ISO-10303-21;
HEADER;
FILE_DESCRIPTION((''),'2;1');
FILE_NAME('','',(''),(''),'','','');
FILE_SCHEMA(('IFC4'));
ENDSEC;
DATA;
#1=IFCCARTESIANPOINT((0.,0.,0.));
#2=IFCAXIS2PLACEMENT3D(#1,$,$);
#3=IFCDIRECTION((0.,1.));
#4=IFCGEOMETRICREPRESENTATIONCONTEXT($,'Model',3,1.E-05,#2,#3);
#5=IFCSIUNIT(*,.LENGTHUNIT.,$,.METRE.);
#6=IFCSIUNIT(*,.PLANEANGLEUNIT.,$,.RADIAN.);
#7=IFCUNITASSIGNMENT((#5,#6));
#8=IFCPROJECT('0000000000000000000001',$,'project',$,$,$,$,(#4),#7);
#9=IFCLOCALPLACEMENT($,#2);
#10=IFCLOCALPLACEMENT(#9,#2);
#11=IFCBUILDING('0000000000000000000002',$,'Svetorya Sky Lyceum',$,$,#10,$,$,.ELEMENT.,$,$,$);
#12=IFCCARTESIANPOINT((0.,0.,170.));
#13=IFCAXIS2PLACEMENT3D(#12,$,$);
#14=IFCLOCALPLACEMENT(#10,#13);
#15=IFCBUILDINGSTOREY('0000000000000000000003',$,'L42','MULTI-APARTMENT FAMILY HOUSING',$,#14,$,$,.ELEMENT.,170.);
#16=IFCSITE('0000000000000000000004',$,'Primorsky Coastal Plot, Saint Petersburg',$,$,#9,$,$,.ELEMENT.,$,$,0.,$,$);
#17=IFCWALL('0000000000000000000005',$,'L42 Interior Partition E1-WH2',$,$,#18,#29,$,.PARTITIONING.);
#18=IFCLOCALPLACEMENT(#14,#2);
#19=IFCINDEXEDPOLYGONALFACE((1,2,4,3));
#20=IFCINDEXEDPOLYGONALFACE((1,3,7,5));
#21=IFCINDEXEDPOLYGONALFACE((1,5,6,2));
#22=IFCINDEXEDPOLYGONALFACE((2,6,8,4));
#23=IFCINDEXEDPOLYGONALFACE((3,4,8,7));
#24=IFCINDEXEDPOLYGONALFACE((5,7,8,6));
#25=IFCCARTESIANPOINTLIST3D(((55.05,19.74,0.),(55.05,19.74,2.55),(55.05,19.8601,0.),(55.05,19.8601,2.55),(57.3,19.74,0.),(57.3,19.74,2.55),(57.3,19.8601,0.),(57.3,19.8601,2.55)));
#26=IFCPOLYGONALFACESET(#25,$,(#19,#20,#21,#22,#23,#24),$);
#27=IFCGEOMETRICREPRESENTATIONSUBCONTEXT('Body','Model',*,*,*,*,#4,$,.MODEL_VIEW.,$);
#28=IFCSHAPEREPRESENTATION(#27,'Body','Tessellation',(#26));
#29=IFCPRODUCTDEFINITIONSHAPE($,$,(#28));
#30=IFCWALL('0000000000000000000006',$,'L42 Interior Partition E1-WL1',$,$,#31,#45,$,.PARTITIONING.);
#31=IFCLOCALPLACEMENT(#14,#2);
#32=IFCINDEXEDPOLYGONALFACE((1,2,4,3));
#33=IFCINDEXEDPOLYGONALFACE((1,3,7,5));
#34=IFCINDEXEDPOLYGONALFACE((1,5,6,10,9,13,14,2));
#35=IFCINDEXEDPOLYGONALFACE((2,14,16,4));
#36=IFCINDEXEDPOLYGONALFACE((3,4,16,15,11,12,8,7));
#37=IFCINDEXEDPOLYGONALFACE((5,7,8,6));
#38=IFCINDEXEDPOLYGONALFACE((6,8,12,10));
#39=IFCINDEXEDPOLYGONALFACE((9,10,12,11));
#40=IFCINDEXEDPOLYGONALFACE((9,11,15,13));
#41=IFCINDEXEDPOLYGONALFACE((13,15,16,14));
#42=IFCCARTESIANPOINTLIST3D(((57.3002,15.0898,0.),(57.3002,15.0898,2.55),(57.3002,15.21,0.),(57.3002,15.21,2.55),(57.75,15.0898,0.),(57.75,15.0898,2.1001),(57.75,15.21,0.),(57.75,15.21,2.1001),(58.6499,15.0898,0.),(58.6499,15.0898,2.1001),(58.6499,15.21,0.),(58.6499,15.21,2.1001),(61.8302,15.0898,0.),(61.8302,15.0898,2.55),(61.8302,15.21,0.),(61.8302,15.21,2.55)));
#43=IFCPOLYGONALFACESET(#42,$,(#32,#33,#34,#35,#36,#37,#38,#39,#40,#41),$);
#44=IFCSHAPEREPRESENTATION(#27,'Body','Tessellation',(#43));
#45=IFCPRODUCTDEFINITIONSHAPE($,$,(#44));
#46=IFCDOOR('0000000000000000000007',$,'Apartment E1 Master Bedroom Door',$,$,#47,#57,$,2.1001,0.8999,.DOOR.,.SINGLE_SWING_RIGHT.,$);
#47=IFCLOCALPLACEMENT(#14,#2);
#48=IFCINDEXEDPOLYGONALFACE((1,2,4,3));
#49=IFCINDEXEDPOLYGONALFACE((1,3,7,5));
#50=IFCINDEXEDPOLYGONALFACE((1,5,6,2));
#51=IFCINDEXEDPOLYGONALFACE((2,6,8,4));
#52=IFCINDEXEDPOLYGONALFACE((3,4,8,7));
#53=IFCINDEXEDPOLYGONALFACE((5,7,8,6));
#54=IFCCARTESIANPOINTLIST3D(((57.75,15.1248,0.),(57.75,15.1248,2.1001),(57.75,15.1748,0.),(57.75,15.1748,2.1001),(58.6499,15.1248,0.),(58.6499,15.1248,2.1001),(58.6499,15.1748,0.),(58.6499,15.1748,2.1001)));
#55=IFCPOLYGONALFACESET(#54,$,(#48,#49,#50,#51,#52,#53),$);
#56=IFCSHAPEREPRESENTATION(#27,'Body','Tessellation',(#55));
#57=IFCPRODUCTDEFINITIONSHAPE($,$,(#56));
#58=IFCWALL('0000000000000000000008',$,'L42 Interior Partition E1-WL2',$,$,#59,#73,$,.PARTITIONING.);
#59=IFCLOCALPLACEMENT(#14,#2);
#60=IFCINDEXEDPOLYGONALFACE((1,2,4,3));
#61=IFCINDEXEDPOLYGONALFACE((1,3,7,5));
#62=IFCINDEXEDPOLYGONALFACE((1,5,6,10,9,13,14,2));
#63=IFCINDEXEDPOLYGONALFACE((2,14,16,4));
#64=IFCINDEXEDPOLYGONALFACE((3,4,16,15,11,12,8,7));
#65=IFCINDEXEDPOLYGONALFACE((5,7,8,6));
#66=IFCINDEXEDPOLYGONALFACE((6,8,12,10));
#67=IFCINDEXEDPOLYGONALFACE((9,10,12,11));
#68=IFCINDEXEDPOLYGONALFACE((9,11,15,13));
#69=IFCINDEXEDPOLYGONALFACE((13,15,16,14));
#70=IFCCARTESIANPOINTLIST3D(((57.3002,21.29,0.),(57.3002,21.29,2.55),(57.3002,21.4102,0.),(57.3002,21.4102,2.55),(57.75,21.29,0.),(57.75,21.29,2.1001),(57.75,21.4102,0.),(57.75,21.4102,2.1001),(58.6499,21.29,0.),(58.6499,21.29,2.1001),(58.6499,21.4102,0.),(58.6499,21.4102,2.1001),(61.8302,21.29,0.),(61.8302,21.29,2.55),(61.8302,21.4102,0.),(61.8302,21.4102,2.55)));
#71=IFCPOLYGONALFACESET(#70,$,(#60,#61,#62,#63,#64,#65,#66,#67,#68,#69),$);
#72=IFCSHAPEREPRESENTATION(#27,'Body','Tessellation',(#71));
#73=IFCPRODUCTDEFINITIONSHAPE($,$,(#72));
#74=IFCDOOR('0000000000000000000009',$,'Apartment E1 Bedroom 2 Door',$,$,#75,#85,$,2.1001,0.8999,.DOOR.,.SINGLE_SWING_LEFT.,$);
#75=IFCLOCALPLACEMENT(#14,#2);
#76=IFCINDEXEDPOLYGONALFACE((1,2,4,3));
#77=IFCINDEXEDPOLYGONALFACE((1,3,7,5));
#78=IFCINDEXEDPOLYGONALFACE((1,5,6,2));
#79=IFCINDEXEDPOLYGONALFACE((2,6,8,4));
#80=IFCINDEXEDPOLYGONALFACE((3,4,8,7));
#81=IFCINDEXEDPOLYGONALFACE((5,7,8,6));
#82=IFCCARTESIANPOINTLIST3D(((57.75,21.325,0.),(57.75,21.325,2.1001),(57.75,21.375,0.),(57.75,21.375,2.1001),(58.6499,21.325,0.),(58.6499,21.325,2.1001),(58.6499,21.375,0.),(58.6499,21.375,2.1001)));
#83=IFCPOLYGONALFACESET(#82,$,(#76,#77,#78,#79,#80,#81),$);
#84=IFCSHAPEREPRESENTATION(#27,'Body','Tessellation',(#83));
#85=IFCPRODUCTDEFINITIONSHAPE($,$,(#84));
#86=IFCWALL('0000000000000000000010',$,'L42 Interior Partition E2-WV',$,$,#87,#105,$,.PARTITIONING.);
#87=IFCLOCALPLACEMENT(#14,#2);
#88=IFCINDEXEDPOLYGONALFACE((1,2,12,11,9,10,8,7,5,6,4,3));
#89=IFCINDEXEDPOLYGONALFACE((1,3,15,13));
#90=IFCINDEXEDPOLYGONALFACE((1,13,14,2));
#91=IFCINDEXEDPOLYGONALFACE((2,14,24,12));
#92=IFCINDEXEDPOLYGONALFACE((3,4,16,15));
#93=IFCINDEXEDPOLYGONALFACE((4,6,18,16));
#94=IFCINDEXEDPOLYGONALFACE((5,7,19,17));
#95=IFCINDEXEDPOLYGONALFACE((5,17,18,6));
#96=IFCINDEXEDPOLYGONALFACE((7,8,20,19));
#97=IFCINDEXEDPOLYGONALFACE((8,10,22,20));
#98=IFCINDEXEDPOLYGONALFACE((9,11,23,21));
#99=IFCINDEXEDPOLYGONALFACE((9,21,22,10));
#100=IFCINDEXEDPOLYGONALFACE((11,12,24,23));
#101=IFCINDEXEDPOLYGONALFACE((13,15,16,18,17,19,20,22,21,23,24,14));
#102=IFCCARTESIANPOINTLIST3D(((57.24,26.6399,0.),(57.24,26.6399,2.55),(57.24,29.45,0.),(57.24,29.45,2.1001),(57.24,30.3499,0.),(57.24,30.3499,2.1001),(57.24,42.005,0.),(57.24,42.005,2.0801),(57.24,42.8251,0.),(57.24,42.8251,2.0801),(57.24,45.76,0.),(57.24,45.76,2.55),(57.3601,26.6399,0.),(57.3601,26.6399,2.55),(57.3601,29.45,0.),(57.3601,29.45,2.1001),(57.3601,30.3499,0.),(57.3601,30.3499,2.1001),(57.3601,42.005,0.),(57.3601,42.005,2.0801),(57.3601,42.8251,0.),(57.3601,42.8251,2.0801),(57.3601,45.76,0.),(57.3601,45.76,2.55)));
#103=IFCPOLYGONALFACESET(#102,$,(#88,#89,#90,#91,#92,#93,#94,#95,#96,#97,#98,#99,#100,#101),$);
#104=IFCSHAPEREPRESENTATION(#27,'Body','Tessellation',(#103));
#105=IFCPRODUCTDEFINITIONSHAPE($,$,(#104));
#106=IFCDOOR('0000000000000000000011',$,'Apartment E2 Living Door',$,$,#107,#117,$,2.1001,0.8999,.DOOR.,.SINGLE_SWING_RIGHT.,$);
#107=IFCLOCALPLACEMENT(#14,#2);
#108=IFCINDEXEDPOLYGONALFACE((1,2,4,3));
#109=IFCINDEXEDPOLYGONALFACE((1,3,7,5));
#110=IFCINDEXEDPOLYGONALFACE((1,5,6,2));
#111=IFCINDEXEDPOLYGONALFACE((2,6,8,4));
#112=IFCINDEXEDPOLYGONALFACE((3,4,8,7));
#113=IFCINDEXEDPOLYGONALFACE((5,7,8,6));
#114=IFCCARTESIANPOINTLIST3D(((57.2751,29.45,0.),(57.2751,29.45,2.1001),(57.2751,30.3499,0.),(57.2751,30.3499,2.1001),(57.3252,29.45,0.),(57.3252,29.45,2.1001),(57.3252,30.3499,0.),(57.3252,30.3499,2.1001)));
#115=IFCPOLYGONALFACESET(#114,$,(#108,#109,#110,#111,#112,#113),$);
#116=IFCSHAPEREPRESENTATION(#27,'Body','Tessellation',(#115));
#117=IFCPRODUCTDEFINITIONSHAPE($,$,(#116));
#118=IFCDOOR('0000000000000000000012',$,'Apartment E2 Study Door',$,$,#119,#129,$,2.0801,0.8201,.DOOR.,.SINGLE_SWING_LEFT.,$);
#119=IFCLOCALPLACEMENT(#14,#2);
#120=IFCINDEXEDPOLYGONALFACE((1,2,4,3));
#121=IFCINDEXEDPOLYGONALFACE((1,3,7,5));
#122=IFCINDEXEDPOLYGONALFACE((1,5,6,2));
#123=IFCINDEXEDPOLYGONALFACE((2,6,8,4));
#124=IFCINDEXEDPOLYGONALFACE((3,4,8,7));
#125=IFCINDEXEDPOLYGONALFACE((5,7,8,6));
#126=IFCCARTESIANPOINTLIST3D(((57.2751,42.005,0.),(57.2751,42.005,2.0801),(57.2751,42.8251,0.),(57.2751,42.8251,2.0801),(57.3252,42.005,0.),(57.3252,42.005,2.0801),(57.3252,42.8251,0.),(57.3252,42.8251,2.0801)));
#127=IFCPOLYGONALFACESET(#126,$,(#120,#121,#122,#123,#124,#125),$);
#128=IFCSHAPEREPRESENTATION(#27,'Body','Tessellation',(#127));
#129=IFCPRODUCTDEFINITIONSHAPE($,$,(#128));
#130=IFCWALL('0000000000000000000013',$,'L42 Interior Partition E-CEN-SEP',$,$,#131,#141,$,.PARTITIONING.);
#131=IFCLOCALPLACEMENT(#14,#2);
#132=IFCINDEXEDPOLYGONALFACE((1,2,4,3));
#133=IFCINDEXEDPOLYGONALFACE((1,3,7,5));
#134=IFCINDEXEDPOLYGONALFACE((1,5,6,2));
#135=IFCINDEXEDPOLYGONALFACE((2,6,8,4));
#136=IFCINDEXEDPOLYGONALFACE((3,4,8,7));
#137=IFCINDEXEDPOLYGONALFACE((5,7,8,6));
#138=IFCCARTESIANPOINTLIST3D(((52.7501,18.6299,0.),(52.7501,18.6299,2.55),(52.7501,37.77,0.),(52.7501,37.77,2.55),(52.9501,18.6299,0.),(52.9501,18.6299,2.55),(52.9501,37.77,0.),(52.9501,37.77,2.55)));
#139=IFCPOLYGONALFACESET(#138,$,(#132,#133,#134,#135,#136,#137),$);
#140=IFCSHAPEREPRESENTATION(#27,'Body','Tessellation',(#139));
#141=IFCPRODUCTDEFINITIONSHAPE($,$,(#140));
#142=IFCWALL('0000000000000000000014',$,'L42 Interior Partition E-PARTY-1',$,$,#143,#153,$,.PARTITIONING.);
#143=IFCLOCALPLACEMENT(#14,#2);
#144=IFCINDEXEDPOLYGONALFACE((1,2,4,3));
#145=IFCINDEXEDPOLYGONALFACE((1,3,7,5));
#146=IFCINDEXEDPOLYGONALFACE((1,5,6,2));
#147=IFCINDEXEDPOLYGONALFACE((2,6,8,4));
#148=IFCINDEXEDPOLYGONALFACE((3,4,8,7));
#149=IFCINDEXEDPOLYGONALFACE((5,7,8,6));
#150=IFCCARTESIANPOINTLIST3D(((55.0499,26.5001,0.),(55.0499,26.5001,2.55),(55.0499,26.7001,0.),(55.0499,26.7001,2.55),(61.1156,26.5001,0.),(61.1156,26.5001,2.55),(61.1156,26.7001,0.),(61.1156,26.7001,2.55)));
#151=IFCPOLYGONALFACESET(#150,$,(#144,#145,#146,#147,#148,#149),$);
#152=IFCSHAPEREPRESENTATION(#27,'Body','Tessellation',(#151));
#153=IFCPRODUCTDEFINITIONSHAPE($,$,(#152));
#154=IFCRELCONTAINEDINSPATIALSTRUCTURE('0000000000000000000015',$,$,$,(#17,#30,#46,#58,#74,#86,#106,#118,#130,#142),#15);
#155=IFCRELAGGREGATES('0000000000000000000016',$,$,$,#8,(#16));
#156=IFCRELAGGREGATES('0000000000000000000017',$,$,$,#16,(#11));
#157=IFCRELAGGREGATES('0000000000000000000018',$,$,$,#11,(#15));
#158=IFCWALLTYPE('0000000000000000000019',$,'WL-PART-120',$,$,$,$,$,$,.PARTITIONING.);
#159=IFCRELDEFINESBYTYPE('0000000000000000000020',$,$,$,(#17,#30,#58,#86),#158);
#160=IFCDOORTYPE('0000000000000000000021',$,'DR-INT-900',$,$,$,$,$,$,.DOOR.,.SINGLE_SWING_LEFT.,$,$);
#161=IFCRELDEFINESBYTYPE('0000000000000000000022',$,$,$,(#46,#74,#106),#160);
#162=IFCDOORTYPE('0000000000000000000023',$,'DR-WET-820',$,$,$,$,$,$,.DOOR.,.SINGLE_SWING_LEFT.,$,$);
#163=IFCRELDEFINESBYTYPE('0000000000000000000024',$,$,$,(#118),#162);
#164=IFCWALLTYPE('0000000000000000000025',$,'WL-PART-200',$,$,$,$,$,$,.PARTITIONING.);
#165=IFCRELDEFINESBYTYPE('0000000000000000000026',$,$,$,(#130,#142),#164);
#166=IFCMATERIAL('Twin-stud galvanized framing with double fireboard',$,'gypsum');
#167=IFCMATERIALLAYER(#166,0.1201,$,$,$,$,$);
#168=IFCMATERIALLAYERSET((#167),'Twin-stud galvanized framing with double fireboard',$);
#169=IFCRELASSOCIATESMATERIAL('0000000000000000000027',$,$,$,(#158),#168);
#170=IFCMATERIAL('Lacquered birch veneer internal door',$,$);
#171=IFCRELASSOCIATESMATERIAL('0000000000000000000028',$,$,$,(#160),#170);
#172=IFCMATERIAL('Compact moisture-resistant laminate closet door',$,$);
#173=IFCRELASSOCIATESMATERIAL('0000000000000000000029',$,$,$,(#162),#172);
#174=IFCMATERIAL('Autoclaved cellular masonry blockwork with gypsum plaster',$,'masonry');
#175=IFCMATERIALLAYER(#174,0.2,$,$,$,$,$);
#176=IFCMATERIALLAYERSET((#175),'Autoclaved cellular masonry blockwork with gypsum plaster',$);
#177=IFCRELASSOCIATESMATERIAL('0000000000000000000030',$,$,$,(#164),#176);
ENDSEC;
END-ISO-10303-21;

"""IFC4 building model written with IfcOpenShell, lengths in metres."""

from ifc_helpers import new_model, si_unit, direction, frame, frame_2d, origin, place, context, subcontext, project, spatial, rectangle, extrude, material, layer, layer_set, type_object, element, fill, save


model = new_model("IFC4")

# Units and contexts
model_context = context("Model", 3, precision=1e-05, world=origin(), true_north=direction((0.0, 1.0)))
body_context = subcontext(model_context, "Body", "Model", "MODEL_VIEW")
ifc_project = project(units=[si_unit("LENGTHUNIT", "METRE"), si_unit("PLANEANGLEUNIT", "RADIAN")], contexts=[model_context])

# Site, building, storey
site_placement = place(None, origin())
site = spatial("IfcSite", under=ifc_project, at=site_placement, Name="Primorsky Coastal Plot, Saint Petersburg", CompositionType="ELEMENT", RefElevation=0.0)
building_placement = place(site_placement, origin())
building = spatial("IfcBuilding", under=site, at=building_placement, Name="Svetorya Sky Lyceum", CompositionType="ELEMENT")
storey_placement = place(building_placement, frame((0.0, 0.0, 170.0)))
storey = spatial("IfcBuildingStorey", under=building, at=storey_placement, Name="L42", Description="MULTI-APARTMENT FAMILY HOUSING", CompositionType="ELEMENT", Elevation=170.0)

# Shared definitions
ifc_material_1 = material(Name="Twin-stud galvanized framing with double fireboard", Category="gypsum")
ifc_layer_1 = layer(ifc_material_1, 0.1201)
ifc_layer_set_1 = layer_set([ifc_layer_1], Name="Twin-stud galvanized framing with double fireboard")
wall_type_1 = type_object("IfcWallType", Name="WL-PART-120", PredefinedType="PARTITIONING", material=ifc_layer_set_1)

# Wall
wall_1_placement = place(storey_placement, frame((55.05, 19.8, 0.0), z_axis=(0.0, 0.0, 1.0), x_axis=(1.0, 0.0, 0.0)))
element("IfcWall", 1, at=wall_1_placement, inside=storey, type_object=wall_type_1, Name="L42 Interior Partition E1-WH2", PredefinedType="PARTITIONING", context=body_context, shape_type="SweptSolid", body=[
    extrude(rectangle(XDim=2.25, YDim=0.1201, at=frame_2d((1.125, 0.0))), origin(), (0.0, 0.0, 1.0), 2.55),
])

# Walls, openings, doors
wall_2_placement = place(storey_placement, frame((57.3, 15.1499, 0.0), z_axis=(0.0, 0.0, 1.0), x_axis=(1.0, 0.0, 0.0)))
wall_2 = element("IfcWall", 2, at=wall_2_placement, inside=storey, type_object=wall_type_1, Name="L42 Interior Partition E1-WL1", PredefinedType="PARTITIONING", context=body_context, shape_type="SweptSolid", body=[
    extrude(rectangle(XDim=4.53, YDim=0.1201, at=frame_2d((2.2651, 0.0))), origin(), (0.0, 0.0, 1.0), 2.55),
])
opening_1_placement = place(wall_2_placement, frame((0.45, 0.0, 0.0)))
opening_1 = element("IfcOpeningElement", 3, at=opening_1_placement, cuts=wall_2, PredefinedType="OPENING", context=body_context, shape_type="SweptSolid", body=[
    extrude(rectangle(XDim=0.8999, YDim=2.1001, at=frame_2d((0.45, 1.05))), frame((0.0, 0.0701, 0.0), z_axis=(0.0, -1.0, 0.0), x_axis=(1.0, 0.0, 0.0)), (0.0, 0.0, 1.0), 0.1401),
])
ifc_material_2 = material(Name="Lacquered birch veneer internal door")
door_type_1 = type_object("IfcDoorType", Name="DR-INT-900", OperationType="SINGLE_SWING_LEFT", PredefinedType="DOOR", material=ifc_material_2)
door_1_placement = place(opening_1_placement, origin())
door_1 = element("IfcDoor", 4, at=door_1_placement, inside=storey, type_object=door_type_1, Name="Apartment E1 Master Bedroom Door", OperationType="SINGLE_SWING_RIGHT", OverallHeight=2.1001, OverallWidth=0.8999, PredefinedType="DOOR", context=body_context, shape_type="SweptSolid", body=[
    extrude(rectangle(XDim=0.8999, YDim=2.1001, at=frame_2d((0.45, 1.05))), frame((0.0, 0.0249, 0.0), z_axis=(0.0, -1.0, 0.0), x_axis=(1.0, 0.0, 0.0)), (0.0, 0.0, 1.0), 0.05),
])
fill(opening_1, door_1)
wall_3_placement = place(storey_placement, frame((57.3, 21.3501, 0.0), z_axis=(0.0, 0.0, 1.0), x_axis=(1.0, 0.0, 0.0)))
wall_3 = element("IfcWall", 5, at=wall_3_placement, inside=storey, type_object=wall_type_1, Name="L42 Interior Partition E1-WL2", PredefinedType="PARTITIONING", context=body_context, shape_type="SweptSolid", body=[
    extrude(rectangle(XDim=4.53, YDim=0.1201, at=frame_2d((2.2651, 0.0))), origin(), (0.0, 0.0, 1.0), 2.55),
])
opening_2_placement = place(wall_3_placement, frame((0.45, 0.0, 0.0)))
opening_2 = element("IfcOpeningElement", 6, at=opening_2_placement, cuts=wall_3, PredefinedType="OPENING", context=body_context, shape_type="SweptSolid", body=[
    extrude(rectangle(XDim=0.8999, YDim=2.1001, at=frame_2d((0.45, 1.05))), frame((0.0, 0.0701, 0.0), z_axis=(0.0, -1.0, 0.0), x_axis=(1.0, 0.0, 0.0)), (0.0, 0.0, 1.0), 0.1401),
])
door_2_placement = place(opening_2_placement, origin())
door_2 = element("IfcDoor", 7, at=door_2_placement, inside=storey, type_object=door_type_1, Name="Apartment E1 Bedroom 2 Door", OperationType="SINGLE_SWING_LEFT", OverallHeight=2.1001, OverallWidth=0.8999, PredefinedType="DOOR", context=body_context, shape_type="SweptSolid", body=[
    extrude(rectangle(XDim=0.8999, YDim=2.1001, at=frame_2d((0.45, 1.05))), frame((0.0, 0.0249, 0.0), z_axis=(0.0, -1.0, 0.0), x_axis=(1.0, 0.0, 0.0)), (0.0, 0.0, 1.0), 0.05),
])
fill(opening_2, door_2)

# Wall, openings, doors
wall_4_placement = place(storey_placement, frame((57.3, 26.6399, 0.0), z_axis=(0.0, 0.0, 1.0), x_axis=(0.0, 1.0, 0.0)))
wall_4 = element("IfcWall", 8, at=wall_4_placement, inside=storey, type_object=wall_type_1, Name="L42 Interior Partition E2-WV", PredefinedType="PARTITIONING", context=body_context, shape_type="SweptSolid", body=[
    extrude(rectangle(XDim=19.1201, YDim=0.1201, at=frame_2d((9.5601, 0.0))), origin(), (0.0, 0.0, 1.0), 2.55),
])
opening_3_placement = place(wall_4_placement, frame((2.8101, 0.0, 0.0)))
opening_3 = element("IfcOpeningElement", 9, at=opening_3_placement, cuts=wall_4, PredefinedType="OPENING", context=body_context, shape_type="SweptSolid", body=[
    extrude(rectangle(XDim=0.8999, YDim=2.1001, at=frame_2d((0.45, 1.05))), frame((0.0, 0.0701, 0.0), z_axis=(0.0, -1.0, 0.0), x_axis=(1.0, 0.0, 0.0)), (0.0, 0.0, 1.0), 0.1401),
])
opening_4_placement = place(wall_4_placement, frame((15.365, 0.0, 0.0)))
opening_4 = element("IfcOpeningElement", 10, at=opening_4_placement, cuts=wall_4, PredefinedType="OPENING", context=body_context, shape_type="SweptSolid", body=[
    extrude(rectangle(XDim=0.8201, YDim=2.0801, at=frame_2d((0.4102, 1.04))), frame((0.0, 0.0701, 0.0), z_axis=(0.0, -1.0, 0.0), x_axis=(1.0, 0.0, 0.0)), (0.0, 0.0, 1.0), 0.1401),
])
door_3_placement = place(opening_3_placement, origin())
door_3 = element("IfcDoor", 11, at=door_3_placement, inside=storey, type_object=door_type_1, Name="Apartment E2 Living Door", OperationType="SINGLE_SWING_RIGHT", OverallHeight=2.1001, OverallWidth=0.8999, PredefinedType="DOOR", context=body_context, shape_type="SweptSolid", body=[
    extrude(rectangle(XDim=0.8999, YDim=2.1001, at=frame_2d((0.45, 1.05))), frame((0.0, 0.0249, 0.0), z_axis=(0.0, -1.0, 0.0), x_axis=(1.0, 0.0, 0.0)), (0.0, 0.0, 1.0), 0.05),
])
fill(opening_3, door_3)
ifc_material_3 = material(Name="Compact moisture-resistant laminate closet door")
door_type_2 = type_object("IfcDoorType", Name="DR-WET-820", OperationType="SINGLE_SWING_LEFT", PredefinedType="DOOR", material=ifc_material_3)
door_4_placement = place(opening_4_placement, origin())
door_4 = element("IfcDoor", 12, at=door_4_placement, inside=storey, type_object=door_type_2, Name="Apartment E2 Study Door", OperationType="SINGLE_SWING_LEFT", OverallHeight=2.0801, OverallWidth=0.8201, PredefinedType="DOOR", context=body_context, shape_type="SweptSolid", body=[
    extrude(rectangle(XDim=0.8201, YDim=2.0801, at=frame_2d((0.4102, 1.04))), frame((0.0, 0.0249, 0.0), z_axis=(0.0, -1.0, 0.0), x_axis=(1.0, 0.0, 0.0)), (0.0, 0.0, 1.0), 0.05),
])
fill(opening_4, door_4)

# Walls
ifc_material_4 = material(Name="Autoclaved cellular masonry blockwork with gypsum plaster", Category="masonry")
ifc_layer_2 = layer(ifc_material_4, 0.2)
ifc_layer_set_2 = layer_set([ifc_layer_2], Name="Autoclaved cellular masonry blockwork with gypsum plaster")
wall_type_2 = type_object("IfcWallType", Name="WL-PART-200", PredefinedType="PARTITIONING", material=ifc_layer_set_2)
wall_5_placement = place(storey_placement, frame((52.8501, 18.6299, 0.0), z_axis=(0.0, 0.0, 1.0), x_axis=(0.0, 1.0, 0.0)))
element("IfcWall", 13, at=wall_5_placement, inside=storey, type_object=wall_type_2, Name="L42 Interior Partition E-CEN-SEP", PredefinedType="PARTITIONING", context=body_context, shape_type="SweptSolid", body=[
    extrude(rectangle(XDim=19.1401, YDim=0.2, at=frame_2d((9.5701, 0.0))), origin(), (0.0, 0.0, 1.0), 2.55),
])
wall_6_placement = place(storey_placement, frame((55.05, 26.6001, 0.0), z_axis=(0.0, 0.0, 1.0), x_axis=(1.0, 0.0, 0.0)))
element("IfcWall", 14, at=wall_6_placement, inside=storey, type_object=wall_type_2, Name="L42 Interior Partition E-PARTY-1", PredefinedType="PARTITIONING", context=body_context, shape_type="SweptSolid", body=[
    extrude(rectangle(XDim=6.0657, YDim=0.2, at=frame_2d((3.0327, 0.0))), origin(), (0.0, 0.0, 1.0), 2.55),
])

save(model, "model.ifc")
